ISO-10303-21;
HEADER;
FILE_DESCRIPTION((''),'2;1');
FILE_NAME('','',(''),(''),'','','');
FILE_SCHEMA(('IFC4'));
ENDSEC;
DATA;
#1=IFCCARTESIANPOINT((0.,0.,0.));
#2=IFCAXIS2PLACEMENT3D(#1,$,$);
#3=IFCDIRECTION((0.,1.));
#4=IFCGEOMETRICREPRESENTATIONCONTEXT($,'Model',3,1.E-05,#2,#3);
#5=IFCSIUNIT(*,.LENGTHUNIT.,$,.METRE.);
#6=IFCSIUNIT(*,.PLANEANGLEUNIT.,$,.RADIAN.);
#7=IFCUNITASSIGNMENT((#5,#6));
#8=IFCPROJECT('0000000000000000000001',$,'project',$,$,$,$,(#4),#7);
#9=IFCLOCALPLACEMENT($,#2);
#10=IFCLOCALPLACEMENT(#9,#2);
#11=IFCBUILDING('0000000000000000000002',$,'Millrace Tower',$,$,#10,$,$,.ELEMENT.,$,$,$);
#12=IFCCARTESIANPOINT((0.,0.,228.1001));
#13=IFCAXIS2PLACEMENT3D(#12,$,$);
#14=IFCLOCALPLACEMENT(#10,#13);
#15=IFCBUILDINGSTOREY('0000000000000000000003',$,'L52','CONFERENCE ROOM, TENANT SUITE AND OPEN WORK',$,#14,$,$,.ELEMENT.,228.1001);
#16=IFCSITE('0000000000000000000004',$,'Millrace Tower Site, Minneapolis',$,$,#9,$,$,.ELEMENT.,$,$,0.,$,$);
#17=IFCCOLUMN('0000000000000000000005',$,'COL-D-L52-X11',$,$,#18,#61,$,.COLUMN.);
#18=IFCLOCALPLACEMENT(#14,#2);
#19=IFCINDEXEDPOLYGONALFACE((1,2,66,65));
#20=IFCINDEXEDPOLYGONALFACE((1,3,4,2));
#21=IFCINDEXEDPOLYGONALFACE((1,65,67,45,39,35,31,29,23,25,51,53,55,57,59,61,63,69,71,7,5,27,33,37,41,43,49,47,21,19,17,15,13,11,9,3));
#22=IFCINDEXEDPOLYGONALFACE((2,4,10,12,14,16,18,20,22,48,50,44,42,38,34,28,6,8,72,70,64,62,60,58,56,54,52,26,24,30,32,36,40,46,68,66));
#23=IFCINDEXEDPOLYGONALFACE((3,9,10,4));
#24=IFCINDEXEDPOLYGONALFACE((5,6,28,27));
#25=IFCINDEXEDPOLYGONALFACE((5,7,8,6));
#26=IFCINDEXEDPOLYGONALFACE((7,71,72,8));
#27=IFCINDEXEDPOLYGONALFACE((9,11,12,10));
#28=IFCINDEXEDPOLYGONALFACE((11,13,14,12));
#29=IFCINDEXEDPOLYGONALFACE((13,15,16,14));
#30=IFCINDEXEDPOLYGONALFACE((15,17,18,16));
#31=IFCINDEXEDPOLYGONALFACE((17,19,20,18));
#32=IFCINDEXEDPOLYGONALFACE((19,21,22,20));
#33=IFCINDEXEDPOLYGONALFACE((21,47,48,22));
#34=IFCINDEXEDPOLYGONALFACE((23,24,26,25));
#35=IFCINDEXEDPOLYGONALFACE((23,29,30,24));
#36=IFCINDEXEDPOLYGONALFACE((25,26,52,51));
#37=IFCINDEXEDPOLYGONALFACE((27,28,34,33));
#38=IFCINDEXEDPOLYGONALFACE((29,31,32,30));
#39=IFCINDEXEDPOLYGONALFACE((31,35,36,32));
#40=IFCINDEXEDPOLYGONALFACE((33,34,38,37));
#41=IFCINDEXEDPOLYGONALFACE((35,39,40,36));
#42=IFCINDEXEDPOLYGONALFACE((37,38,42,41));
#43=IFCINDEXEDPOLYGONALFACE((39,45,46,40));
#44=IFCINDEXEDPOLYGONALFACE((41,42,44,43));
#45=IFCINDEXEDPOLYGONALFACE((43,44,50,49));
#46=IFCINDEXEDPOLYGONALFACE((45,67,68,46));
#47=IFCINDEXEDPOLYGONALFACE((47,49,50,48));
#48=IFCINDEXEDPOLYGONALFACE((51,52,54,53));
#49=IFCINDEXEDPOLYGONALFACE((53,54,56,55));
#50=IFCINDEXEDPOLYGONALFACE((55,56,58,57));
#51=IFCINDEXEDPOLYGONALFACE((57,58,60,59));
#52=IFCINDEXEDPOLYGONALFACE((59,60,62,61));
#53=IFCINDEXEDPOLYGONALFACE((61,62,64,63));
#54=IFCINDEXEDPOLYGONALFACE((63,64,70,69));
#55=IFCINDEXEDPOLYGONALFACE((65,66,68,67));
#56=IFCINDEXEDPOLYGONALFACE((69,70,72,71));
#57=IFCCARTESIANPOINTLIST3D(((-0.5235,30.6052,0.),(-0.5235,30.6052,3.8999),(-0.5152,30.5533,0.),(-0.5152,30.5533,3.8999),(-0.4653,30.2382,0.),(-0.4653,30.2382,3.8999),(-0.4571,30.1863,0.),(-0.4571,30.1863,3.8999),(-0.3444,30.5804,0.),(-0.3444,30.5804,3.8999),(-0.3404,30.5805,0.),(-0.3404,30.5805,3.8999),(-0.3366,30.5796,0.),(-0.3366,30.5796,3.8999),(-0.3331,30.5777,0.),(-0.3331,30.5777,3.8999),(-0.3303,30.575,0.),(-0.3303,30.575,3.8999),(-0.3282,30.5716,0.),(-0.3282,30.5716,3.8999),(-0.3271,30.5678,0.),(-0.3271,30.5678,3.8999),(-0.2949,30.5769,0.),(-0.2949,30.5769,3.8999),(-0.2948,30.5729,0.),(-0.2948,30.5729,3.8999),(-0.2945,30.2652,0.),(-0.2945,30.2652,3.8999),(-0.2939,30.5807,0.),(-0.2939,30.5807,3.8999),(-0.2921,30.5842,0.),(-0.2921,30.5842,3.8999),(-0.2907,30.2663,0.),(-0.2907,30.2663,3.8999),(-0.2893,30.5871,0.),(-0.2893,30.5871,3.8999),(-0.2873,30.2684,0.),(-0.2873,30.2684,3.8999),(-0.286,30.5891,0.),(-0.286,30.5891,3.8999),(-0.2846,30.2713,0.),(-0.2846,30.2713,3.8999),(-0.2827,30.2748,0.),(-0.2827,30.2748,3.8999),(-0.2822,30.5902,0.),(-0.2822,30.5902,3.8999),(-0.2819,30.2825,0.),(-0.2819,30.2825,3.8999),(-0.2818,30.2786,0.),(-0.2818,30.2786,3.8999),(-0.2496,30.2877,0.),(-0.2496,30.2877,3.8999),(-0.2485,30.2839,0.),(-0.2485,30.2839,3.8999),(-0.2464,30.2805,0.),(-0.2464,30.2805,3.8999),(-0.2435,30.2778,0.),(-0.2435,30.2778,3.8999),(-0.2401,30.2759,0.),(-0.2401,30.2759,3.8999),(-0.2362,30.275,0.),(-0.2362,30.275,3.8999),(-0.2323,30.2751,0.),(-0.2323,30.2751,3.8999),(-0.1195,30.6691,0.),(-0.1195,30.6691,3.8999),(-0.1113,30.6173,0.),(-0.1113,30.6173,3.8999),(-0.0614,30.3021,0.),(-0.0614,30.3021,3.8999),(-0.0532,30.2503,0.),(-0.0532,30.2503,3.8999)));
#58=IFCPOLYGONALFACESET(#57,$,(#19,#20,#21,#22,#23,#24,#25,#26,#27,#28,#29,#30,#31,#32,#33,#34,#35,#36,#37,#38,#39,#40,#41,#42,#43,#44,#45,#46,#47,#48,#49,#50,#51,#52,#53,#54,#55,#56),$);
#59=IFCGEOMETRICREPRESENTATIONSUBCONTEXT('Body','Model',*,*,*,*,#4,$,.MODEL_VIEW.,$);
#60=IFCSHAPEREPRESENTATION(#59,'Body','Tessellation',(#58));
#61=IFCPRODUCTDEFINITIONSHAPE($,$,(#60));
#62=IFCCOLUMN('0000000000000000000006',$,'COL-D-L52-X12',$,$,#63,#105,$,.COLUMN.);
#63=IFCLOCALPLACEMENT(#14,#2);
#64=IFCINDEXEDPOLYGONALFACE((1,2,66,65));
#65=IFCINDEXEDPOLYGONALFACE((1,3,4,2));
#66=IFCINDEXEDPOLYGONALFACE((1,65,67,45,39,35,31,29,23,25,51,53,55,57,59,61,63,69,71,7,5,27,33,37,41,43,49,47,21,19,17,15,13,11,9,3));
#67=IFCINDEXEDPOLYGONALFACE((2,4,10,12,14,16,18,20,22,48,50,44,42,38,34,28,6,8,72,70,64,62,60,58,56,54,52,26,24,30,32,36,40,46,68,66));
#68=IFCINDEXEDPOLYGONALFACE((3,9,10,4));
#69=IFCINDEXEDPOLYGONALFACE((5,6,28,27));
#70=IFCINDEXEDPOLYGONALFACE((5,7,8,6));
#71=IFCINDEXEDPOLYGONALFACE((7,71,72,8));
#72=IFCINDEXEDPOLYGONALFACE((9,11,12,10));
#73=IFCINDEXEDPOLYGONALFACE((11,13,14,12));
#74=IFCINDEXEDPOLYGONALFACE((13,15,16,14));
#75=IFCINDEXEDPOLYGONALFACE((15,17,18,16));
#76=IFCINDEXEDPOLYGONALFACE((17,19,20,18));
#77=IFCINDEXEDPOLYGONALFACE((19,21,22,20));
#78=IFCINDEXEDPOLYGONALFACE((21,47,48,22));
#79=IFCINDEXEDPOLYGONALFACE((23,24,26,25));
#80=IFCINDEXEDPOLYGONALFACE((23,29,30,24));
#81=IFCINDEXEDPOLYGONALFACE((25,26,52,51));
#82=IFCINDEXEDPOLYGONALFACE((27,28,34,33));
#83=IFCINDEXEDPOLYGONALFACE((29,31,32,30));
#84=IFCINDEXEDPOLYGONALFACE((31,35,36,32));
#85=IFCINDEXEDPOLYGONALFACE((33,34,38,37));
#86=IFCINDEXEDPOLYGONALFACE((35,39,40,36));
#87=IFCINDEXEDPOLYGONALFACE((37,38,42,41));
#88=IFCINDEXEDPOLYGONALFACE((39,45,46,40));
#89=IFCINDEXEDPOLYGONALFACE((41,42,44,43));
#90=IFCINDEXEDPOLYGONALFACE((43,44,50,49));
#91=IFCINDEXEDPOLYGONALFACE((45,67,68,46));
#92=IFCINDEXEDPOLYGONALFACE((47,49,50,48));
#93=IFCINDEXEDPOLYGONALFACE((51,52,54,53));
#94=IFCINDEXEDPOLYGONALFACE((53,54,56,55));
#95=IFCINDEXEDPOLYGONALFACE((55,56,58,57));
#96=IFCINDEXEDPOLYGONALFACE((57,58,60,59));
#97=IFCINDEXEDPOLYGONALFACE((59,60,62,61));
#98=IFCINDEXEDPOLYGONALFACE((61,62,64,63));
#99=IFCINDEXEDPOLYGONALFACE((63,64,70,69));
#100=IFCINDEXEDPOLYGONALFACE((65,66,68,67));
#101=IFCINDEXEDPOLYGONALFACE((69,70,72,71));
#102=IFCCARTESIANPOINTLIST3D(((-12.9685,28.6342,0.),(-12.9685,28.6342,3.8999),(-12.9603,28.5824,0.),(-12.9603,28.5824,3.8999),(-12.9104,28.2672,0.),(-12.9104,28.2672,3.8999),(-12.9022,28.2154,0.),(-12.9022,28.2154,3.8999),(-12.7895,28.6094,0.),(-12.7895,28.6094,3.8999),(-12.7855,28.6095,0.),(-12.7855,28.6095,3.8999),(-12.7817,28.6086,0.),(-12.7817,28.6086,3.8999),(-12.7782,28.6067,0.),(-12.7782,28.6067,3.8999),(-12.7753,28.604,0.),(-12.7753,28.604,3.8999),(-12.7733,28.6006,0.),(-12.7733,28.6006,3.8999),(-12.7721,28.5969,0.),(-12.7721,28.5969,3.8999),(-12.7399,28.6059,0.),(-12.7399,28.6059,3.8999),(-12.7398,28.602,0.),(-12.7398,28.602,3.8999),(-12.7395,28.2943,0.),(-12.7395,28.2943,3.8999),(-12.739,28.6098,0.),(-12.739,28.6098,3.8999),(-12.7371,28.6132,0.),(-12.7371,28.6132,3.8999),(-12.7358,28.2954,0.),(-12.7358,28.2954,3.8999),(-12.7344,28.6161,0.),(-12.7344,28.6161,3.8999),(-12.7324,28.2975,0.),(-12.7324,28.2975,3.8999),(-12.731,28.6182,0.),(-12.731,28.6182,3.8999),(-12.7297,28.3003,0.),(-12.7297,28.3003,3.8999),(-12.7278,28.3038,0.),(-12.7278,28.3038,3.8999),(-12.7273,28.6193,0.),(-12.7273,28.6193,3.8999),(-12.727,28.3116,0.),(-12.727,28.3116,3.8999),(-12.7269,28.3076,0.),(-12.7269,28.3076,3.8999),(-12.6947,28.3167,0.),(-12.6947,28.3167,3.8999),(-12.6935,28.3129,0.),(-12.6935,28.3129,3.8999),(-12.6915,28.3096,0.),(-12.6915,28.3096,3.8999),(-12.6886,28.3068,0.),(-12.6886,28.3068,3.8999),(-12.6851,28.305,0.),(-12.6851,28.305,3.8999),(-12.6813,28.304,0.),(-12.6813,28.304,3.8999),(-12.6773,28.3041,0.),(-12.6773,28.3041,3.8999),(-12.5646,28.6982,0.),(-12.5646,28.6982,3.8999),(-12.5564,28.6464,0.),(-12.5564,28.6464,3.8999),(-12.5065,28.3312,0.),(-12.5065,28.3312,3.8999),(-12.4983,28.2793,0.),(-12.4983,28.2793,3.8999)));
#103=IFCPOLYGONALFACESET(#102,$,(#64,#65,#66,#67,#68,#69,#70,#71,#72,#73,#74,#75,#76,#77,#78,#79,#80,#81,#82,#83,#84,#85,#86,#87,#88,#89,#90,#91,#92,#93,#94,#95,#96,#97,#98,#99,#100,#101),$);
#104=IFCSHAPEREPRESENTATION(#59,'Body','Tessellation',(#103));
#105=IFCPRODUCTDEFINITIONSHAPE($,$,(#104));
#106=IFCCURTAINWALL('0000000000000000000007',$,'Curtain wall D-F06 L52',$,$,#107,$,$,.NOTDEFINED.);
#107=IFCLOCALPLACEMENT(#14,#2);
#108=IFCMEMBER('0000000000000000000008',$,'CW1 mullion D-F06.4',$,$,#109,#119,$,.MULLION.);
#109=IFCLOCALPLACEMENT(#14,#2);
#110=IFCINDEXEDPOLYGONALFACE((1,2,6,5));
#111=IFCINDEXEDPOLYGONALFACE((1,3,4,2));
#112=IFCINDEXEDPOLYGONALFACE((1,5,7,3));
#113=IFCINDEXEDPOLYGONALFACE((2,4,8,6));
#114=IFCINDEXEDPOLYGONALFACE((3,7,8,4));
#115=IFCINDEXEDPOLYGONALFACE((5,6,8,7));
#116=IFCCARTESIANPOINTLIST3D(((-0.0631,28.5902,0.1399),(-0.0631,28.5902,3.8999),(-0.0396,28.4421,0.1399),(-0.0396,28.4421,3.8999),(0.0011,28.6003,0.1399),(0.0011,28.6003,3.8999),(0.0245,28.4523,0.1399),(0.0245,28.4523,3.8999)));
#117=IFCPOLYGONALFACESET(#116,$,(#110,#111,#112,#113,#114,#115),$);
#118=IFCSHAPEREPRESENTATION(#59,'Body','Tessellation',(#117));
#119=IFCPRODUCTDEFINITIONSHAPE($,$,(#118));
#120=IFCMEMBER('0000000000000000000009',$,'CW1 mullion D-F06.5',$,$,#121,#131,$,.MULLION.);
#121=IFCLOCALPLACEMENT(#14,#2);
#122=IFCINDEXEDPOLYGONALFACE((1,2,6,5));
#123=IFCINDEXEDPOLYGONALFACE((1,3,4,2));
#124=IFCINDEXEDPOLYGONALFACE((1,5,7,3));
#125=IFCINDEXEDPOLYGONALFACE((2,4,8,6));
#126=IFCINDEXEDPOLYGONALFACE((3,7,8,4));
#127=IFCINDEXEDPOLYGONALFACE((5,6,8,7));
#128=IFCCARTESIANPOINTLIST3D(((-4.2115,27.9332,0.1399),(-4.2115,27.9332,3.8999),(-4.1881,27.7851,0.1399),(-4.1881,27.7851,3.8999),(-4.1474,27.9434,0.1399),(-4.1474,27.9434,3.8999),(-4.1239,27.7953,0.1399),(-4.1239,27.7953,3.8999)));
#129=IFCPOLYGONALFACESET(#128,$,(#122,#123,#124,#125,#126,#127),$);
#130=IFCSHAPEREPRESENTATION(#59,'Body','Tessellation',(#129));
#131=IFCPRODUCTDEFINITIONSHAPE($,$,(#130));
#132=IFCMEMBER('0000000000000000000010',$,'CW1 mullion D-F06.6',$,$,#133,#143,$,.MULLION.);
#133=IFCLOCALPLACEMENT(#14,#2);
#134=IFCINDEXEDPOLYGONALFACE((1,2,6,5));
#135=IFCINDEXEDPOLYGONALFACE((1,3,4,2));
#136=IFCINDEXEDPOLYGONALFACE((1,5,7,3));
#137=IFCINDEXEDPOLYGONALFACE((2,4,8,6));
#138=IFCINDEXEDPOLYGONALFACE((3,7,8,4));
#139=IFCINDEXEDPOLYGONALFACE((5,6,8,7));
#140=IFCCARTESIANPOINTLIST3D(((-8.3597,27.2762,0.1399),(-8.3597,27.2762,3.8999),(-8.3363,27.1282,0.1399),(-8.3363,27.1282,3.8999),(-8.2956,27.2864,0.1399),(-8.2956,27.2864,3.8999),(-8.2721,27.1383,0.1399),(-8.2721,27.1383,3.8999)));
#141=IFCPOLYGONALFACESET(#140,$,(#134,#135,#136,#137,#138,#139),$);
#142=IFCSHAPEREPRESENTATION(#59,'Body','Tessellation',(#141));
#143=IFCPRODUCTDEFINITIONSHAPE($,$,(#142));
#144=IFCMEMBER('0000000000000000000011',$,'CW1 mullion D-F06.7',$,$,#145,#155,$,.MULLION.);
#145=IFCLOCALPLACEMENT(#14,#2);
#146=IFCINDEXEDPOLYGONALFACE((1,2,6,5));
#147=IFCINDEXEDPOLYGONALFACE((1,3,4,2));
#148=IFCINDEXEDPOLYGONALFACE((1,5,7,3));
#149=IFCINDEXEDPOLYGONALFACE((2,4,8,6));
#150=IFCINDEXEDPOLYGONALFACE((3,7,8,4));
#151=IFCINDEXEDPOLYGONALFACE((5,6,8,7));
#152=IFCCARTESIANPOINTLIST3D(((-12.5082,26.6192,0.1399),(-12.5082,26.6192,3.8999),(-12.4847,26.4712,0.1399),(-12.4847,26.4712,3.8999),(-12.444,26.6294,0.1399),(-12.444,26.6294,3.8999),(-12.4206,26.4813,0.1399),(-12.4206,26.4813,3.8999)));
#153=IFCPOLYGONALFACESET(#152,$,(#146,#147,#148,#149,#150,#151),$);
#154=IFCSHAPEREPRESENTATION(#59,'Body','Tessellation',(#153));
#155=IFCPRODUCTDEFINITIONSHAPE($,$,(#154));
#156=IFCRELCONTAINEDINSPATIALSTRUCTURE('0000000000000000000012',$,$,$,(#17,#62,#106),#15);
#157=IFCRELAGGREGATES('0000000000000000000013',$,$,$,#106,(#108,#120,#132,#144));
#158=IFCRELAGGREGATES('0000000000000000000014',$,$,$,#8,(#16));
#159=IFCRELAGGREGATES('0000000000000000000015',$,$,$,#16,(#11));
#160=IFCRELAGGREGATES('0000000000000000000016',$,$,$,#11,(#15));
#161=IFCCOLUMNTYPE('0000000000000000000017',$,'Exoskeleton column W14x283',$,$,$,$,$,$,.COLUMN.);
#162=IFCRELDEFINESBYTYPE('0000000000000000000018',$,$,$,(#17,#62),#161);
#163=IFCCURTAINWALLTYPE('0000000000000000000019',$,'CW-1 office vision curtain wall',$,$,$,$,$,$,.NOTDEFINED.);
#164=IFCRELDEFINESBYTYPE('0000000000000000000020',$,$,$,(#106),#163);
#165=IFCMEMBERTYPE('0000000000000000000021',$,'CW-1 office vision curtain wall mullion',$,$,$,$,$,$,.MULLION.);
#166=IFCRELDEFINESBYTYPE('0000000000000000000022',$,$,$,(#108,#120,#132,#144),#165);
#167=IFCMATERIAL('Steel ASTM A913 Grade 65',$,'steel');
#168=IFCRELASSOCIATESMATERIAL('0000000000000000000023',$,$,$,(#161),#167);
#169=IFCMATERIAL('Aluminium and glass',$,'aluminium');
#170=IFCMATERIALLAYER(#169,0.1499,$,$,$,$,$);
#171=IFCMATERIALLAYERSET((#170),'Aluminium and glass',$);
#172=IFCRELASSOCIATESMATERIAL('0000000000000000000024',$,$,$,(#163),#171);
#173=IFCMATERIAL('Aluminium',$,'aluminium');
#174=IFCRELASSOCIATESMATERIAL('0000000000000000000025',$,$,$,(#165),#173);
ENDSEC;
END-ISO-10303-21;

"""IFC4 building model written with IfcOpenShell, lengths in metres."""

from ifc_helpers import new_model, si_unit, direction, frame, origin, origin_2d, place, context, subcontext, project, spatial, rectangle, i_section, extrude, material, layer, layer_set, material_profile, profile_set, type_object, element, aggregate, save


model = new_model("IFC4")

# Units and contexts
model_context = context("Model", 3, precision=1e-05, world=origin(), true_north=direction((0.0, 1.0)))
body_context = subcontext(model_context, "Body", "Model", "MODEL_VIEW")
ifc_project = project(units=[si_unit("LENGTHUNIT", "METRE"), si_unit("PLANEANGLEUNIT", "RADIAN")], contexts=[model_context])

# Site, building, storey
site_placement = place(None, origin())
site = spatial("IfcSite", under=ifc_project, at=site_placement, Name="Millrace Tower Site, Minneapolis", CompositionType="ELEMENT", RefElevation=0.0)
building_placement = place(site_placement, origin())
building = spatial("IfcBuilding", under=site, at=building_placement, Name="Millrace Tower", CompositionType="ELEMENT")
storey_placement = place(building_placement, frame((0.0, 0.0, 228.1001)))
storey = spatial("IfcBuildingStorey", under=building, at=storey_placement, Name="L52", Description="CONFERENCE ROOM, TENANT SUITE AND OPEN WORK", CompositionType="ELEMENT", Elevation=228.1001)

# Columns
ifc_material_1 = material(Name="Steel ASTM A913 Grade 65", Category="steel")
ifc_material_profile_1 = material_profile(ifc_material_1, i_section(OverallWidth=0.4089, OverallDepth=0.4241, WebThickness=0.0327, FlangeThickness=0.0525, FilletRadius=0.0151, at=origin_2d()))
ifc_profile_set_1 = profile_set([ifc_material_profile_1], Name="Steel ASTM A913 Grade 65")
column_type = type_object("IfcColumnType", Name="Exoskeleton column W14x283", PredefinedType="COLUMN", material=ifc_profile_set_1)
for number, where, z_axis, x_axis, name in (
    (1, (-0.2883, 30.4277, 0.0), (0.0, 0.0, 1.0), (-0.987688, -0.156434, 0.0), "COL-D-L52-X11"),
    (2, (-12.7334, 28.4568, 0.0), (0.0, 0.0, 1.0), (-0.987688, -0.156434, 0.0), "COL-D-L52-X12"),
):
    element("IfcColumn", number, at=place(storey_placement, frame(where, z_axis=z_axis, x_axis=x_axis)), inside=storey, type_object=column_type, Name=name, PredefinedType="COLUMN", context=body_context, shape_type="SweptSolid", body=[
        extrude(i_section(OverallWidth=0.4089, OverallDepth=0.4241, WebThickness=0.0327, FlangeThickness=0.0525, FilletRadius=0.0151, at=origin_2d()), origin(), (0.0, 0.0, 1.0), 3.8999),
    ])

# Curtain wall, members
ifc_material_2 = material(Name="Aluminium and glass", Category="aluminium")
ifc_layer_1 = layer(ifc_material_2, 0.1499)
ifc_layer_set_1 = layer_set([ifc_layer_1], Name="Aluminium and glass")
curtain_wall_type = type_object("IfcCurtainWallType", Name="CW-1 office vision curtain wall", PredefinedType="NOTDEFINED", material=ifc_layer_set_1)
curtain_wall_placement = place(storey_placement, origin())
curtain_wall = element("IfcCurtainWall", 3, at=curtain_wall_placement, inside=storey, type_object=curtain_wall_type, Name="Curtain wall D-F06 L52", PredefinedType="NOTDEFINED")
ifc_material_3 = material(Name="Aluminium", Category="aluminium")
ifc_material_profile_2 = material_profile(ifc_material_3, rectangle(XDim=0.0649, YDim=0.1499, at=origin_2d()))
ifc_profile_set_2 = profile_set([ifc_material_profile_2], Name="Aluminium")
member_type_1 = type_object("IfcMemberType", Name="CW-1 office vision curtain wall mullion", PredefinedType="MULLION", material=ifc_profile_set_2)
member_1_placement = place(storey_placement, frame((-0.0193, 28.5212, 0.1399), z_axis=(0.0, 0.0, 1.0), x_axis=(-0.987688, -0.156434, 0.0)))
member_1 = element("IfcMember", 4, at=member_1_placement, type_object=member_type_1, Name="CW1 mullion D-F06.4", PredefinedType="MULLION", context=body_context, shape_type="SweptSolid", body=[
    extrude(rectangle(XDim=0.0649, YDim=0.1499, at=origin_2d()), origin(), (0.0, 0.0, 1.0), 3.76),
])
member_2_placement = place(storey_placement, frame((-4.1677, 27.8643, 0.1399), z_axis=(0.0, 0.0, 1.0), x_axis=(-0.987688, -0.156434, 0.0)))
member_2 = element("IfcMember", 5, at=member_2_placement, type_object=member_type_1, Name="CW1 mullion D-F06.5", PredefinedType="MULLION", context=body_context, shape_type="SweptSolid", body=[
    extrude(rectangle(XDim=0.0649, YDim=0.1499, at=origin_2d()), origin(), (0.0, 0.0, 1.0), 3.76),
])
member_3_placement = place(storey_placement, frame((-8.3159, 27.2073, 0.1399), z_axis=(0.0, 0.0, 1.0), x_axis=(-0.987688, -0.156434, 0.0)))
member_3 = element("IfcMember", 6, at=member_3_placement, type_object=member_type_1, Name="CW1 mullion D-F06.6", PredefinedType="MULLION", context=body_context, shape_type="SweptSolid", body=[
    extrude(rectangle(XDim=0.0649, YDim=0.1499, at=origin_2d()), origin(), (0.0, 0.0, 1.0), 3.76),
])
member_4_placement = place(storey_placement, frame((-12.4644, 26.5503, 0.1399), z_axis=(0.0, 0.0, 1.0), x_axis=(-0.987688, -0.156434, 0.0)))
member_4 = element("IfcMember", 7, at=member_4_placement, type_object=member_type_1, Name="CW1 mullion D-F06.7", PredefinedType="MULLION", context=body_context, shape_type="SweptSolid", body=[
    extrude(rectangle(XDim=0.0649, YDim=0.1499, at=origin_2d()), origin(), (0.0, 0.0, 1.0), 3.76),
])
aggregate(curtain_wall, [member_1, member_2, member_3, member_4])

save(model, "model.ifc")
